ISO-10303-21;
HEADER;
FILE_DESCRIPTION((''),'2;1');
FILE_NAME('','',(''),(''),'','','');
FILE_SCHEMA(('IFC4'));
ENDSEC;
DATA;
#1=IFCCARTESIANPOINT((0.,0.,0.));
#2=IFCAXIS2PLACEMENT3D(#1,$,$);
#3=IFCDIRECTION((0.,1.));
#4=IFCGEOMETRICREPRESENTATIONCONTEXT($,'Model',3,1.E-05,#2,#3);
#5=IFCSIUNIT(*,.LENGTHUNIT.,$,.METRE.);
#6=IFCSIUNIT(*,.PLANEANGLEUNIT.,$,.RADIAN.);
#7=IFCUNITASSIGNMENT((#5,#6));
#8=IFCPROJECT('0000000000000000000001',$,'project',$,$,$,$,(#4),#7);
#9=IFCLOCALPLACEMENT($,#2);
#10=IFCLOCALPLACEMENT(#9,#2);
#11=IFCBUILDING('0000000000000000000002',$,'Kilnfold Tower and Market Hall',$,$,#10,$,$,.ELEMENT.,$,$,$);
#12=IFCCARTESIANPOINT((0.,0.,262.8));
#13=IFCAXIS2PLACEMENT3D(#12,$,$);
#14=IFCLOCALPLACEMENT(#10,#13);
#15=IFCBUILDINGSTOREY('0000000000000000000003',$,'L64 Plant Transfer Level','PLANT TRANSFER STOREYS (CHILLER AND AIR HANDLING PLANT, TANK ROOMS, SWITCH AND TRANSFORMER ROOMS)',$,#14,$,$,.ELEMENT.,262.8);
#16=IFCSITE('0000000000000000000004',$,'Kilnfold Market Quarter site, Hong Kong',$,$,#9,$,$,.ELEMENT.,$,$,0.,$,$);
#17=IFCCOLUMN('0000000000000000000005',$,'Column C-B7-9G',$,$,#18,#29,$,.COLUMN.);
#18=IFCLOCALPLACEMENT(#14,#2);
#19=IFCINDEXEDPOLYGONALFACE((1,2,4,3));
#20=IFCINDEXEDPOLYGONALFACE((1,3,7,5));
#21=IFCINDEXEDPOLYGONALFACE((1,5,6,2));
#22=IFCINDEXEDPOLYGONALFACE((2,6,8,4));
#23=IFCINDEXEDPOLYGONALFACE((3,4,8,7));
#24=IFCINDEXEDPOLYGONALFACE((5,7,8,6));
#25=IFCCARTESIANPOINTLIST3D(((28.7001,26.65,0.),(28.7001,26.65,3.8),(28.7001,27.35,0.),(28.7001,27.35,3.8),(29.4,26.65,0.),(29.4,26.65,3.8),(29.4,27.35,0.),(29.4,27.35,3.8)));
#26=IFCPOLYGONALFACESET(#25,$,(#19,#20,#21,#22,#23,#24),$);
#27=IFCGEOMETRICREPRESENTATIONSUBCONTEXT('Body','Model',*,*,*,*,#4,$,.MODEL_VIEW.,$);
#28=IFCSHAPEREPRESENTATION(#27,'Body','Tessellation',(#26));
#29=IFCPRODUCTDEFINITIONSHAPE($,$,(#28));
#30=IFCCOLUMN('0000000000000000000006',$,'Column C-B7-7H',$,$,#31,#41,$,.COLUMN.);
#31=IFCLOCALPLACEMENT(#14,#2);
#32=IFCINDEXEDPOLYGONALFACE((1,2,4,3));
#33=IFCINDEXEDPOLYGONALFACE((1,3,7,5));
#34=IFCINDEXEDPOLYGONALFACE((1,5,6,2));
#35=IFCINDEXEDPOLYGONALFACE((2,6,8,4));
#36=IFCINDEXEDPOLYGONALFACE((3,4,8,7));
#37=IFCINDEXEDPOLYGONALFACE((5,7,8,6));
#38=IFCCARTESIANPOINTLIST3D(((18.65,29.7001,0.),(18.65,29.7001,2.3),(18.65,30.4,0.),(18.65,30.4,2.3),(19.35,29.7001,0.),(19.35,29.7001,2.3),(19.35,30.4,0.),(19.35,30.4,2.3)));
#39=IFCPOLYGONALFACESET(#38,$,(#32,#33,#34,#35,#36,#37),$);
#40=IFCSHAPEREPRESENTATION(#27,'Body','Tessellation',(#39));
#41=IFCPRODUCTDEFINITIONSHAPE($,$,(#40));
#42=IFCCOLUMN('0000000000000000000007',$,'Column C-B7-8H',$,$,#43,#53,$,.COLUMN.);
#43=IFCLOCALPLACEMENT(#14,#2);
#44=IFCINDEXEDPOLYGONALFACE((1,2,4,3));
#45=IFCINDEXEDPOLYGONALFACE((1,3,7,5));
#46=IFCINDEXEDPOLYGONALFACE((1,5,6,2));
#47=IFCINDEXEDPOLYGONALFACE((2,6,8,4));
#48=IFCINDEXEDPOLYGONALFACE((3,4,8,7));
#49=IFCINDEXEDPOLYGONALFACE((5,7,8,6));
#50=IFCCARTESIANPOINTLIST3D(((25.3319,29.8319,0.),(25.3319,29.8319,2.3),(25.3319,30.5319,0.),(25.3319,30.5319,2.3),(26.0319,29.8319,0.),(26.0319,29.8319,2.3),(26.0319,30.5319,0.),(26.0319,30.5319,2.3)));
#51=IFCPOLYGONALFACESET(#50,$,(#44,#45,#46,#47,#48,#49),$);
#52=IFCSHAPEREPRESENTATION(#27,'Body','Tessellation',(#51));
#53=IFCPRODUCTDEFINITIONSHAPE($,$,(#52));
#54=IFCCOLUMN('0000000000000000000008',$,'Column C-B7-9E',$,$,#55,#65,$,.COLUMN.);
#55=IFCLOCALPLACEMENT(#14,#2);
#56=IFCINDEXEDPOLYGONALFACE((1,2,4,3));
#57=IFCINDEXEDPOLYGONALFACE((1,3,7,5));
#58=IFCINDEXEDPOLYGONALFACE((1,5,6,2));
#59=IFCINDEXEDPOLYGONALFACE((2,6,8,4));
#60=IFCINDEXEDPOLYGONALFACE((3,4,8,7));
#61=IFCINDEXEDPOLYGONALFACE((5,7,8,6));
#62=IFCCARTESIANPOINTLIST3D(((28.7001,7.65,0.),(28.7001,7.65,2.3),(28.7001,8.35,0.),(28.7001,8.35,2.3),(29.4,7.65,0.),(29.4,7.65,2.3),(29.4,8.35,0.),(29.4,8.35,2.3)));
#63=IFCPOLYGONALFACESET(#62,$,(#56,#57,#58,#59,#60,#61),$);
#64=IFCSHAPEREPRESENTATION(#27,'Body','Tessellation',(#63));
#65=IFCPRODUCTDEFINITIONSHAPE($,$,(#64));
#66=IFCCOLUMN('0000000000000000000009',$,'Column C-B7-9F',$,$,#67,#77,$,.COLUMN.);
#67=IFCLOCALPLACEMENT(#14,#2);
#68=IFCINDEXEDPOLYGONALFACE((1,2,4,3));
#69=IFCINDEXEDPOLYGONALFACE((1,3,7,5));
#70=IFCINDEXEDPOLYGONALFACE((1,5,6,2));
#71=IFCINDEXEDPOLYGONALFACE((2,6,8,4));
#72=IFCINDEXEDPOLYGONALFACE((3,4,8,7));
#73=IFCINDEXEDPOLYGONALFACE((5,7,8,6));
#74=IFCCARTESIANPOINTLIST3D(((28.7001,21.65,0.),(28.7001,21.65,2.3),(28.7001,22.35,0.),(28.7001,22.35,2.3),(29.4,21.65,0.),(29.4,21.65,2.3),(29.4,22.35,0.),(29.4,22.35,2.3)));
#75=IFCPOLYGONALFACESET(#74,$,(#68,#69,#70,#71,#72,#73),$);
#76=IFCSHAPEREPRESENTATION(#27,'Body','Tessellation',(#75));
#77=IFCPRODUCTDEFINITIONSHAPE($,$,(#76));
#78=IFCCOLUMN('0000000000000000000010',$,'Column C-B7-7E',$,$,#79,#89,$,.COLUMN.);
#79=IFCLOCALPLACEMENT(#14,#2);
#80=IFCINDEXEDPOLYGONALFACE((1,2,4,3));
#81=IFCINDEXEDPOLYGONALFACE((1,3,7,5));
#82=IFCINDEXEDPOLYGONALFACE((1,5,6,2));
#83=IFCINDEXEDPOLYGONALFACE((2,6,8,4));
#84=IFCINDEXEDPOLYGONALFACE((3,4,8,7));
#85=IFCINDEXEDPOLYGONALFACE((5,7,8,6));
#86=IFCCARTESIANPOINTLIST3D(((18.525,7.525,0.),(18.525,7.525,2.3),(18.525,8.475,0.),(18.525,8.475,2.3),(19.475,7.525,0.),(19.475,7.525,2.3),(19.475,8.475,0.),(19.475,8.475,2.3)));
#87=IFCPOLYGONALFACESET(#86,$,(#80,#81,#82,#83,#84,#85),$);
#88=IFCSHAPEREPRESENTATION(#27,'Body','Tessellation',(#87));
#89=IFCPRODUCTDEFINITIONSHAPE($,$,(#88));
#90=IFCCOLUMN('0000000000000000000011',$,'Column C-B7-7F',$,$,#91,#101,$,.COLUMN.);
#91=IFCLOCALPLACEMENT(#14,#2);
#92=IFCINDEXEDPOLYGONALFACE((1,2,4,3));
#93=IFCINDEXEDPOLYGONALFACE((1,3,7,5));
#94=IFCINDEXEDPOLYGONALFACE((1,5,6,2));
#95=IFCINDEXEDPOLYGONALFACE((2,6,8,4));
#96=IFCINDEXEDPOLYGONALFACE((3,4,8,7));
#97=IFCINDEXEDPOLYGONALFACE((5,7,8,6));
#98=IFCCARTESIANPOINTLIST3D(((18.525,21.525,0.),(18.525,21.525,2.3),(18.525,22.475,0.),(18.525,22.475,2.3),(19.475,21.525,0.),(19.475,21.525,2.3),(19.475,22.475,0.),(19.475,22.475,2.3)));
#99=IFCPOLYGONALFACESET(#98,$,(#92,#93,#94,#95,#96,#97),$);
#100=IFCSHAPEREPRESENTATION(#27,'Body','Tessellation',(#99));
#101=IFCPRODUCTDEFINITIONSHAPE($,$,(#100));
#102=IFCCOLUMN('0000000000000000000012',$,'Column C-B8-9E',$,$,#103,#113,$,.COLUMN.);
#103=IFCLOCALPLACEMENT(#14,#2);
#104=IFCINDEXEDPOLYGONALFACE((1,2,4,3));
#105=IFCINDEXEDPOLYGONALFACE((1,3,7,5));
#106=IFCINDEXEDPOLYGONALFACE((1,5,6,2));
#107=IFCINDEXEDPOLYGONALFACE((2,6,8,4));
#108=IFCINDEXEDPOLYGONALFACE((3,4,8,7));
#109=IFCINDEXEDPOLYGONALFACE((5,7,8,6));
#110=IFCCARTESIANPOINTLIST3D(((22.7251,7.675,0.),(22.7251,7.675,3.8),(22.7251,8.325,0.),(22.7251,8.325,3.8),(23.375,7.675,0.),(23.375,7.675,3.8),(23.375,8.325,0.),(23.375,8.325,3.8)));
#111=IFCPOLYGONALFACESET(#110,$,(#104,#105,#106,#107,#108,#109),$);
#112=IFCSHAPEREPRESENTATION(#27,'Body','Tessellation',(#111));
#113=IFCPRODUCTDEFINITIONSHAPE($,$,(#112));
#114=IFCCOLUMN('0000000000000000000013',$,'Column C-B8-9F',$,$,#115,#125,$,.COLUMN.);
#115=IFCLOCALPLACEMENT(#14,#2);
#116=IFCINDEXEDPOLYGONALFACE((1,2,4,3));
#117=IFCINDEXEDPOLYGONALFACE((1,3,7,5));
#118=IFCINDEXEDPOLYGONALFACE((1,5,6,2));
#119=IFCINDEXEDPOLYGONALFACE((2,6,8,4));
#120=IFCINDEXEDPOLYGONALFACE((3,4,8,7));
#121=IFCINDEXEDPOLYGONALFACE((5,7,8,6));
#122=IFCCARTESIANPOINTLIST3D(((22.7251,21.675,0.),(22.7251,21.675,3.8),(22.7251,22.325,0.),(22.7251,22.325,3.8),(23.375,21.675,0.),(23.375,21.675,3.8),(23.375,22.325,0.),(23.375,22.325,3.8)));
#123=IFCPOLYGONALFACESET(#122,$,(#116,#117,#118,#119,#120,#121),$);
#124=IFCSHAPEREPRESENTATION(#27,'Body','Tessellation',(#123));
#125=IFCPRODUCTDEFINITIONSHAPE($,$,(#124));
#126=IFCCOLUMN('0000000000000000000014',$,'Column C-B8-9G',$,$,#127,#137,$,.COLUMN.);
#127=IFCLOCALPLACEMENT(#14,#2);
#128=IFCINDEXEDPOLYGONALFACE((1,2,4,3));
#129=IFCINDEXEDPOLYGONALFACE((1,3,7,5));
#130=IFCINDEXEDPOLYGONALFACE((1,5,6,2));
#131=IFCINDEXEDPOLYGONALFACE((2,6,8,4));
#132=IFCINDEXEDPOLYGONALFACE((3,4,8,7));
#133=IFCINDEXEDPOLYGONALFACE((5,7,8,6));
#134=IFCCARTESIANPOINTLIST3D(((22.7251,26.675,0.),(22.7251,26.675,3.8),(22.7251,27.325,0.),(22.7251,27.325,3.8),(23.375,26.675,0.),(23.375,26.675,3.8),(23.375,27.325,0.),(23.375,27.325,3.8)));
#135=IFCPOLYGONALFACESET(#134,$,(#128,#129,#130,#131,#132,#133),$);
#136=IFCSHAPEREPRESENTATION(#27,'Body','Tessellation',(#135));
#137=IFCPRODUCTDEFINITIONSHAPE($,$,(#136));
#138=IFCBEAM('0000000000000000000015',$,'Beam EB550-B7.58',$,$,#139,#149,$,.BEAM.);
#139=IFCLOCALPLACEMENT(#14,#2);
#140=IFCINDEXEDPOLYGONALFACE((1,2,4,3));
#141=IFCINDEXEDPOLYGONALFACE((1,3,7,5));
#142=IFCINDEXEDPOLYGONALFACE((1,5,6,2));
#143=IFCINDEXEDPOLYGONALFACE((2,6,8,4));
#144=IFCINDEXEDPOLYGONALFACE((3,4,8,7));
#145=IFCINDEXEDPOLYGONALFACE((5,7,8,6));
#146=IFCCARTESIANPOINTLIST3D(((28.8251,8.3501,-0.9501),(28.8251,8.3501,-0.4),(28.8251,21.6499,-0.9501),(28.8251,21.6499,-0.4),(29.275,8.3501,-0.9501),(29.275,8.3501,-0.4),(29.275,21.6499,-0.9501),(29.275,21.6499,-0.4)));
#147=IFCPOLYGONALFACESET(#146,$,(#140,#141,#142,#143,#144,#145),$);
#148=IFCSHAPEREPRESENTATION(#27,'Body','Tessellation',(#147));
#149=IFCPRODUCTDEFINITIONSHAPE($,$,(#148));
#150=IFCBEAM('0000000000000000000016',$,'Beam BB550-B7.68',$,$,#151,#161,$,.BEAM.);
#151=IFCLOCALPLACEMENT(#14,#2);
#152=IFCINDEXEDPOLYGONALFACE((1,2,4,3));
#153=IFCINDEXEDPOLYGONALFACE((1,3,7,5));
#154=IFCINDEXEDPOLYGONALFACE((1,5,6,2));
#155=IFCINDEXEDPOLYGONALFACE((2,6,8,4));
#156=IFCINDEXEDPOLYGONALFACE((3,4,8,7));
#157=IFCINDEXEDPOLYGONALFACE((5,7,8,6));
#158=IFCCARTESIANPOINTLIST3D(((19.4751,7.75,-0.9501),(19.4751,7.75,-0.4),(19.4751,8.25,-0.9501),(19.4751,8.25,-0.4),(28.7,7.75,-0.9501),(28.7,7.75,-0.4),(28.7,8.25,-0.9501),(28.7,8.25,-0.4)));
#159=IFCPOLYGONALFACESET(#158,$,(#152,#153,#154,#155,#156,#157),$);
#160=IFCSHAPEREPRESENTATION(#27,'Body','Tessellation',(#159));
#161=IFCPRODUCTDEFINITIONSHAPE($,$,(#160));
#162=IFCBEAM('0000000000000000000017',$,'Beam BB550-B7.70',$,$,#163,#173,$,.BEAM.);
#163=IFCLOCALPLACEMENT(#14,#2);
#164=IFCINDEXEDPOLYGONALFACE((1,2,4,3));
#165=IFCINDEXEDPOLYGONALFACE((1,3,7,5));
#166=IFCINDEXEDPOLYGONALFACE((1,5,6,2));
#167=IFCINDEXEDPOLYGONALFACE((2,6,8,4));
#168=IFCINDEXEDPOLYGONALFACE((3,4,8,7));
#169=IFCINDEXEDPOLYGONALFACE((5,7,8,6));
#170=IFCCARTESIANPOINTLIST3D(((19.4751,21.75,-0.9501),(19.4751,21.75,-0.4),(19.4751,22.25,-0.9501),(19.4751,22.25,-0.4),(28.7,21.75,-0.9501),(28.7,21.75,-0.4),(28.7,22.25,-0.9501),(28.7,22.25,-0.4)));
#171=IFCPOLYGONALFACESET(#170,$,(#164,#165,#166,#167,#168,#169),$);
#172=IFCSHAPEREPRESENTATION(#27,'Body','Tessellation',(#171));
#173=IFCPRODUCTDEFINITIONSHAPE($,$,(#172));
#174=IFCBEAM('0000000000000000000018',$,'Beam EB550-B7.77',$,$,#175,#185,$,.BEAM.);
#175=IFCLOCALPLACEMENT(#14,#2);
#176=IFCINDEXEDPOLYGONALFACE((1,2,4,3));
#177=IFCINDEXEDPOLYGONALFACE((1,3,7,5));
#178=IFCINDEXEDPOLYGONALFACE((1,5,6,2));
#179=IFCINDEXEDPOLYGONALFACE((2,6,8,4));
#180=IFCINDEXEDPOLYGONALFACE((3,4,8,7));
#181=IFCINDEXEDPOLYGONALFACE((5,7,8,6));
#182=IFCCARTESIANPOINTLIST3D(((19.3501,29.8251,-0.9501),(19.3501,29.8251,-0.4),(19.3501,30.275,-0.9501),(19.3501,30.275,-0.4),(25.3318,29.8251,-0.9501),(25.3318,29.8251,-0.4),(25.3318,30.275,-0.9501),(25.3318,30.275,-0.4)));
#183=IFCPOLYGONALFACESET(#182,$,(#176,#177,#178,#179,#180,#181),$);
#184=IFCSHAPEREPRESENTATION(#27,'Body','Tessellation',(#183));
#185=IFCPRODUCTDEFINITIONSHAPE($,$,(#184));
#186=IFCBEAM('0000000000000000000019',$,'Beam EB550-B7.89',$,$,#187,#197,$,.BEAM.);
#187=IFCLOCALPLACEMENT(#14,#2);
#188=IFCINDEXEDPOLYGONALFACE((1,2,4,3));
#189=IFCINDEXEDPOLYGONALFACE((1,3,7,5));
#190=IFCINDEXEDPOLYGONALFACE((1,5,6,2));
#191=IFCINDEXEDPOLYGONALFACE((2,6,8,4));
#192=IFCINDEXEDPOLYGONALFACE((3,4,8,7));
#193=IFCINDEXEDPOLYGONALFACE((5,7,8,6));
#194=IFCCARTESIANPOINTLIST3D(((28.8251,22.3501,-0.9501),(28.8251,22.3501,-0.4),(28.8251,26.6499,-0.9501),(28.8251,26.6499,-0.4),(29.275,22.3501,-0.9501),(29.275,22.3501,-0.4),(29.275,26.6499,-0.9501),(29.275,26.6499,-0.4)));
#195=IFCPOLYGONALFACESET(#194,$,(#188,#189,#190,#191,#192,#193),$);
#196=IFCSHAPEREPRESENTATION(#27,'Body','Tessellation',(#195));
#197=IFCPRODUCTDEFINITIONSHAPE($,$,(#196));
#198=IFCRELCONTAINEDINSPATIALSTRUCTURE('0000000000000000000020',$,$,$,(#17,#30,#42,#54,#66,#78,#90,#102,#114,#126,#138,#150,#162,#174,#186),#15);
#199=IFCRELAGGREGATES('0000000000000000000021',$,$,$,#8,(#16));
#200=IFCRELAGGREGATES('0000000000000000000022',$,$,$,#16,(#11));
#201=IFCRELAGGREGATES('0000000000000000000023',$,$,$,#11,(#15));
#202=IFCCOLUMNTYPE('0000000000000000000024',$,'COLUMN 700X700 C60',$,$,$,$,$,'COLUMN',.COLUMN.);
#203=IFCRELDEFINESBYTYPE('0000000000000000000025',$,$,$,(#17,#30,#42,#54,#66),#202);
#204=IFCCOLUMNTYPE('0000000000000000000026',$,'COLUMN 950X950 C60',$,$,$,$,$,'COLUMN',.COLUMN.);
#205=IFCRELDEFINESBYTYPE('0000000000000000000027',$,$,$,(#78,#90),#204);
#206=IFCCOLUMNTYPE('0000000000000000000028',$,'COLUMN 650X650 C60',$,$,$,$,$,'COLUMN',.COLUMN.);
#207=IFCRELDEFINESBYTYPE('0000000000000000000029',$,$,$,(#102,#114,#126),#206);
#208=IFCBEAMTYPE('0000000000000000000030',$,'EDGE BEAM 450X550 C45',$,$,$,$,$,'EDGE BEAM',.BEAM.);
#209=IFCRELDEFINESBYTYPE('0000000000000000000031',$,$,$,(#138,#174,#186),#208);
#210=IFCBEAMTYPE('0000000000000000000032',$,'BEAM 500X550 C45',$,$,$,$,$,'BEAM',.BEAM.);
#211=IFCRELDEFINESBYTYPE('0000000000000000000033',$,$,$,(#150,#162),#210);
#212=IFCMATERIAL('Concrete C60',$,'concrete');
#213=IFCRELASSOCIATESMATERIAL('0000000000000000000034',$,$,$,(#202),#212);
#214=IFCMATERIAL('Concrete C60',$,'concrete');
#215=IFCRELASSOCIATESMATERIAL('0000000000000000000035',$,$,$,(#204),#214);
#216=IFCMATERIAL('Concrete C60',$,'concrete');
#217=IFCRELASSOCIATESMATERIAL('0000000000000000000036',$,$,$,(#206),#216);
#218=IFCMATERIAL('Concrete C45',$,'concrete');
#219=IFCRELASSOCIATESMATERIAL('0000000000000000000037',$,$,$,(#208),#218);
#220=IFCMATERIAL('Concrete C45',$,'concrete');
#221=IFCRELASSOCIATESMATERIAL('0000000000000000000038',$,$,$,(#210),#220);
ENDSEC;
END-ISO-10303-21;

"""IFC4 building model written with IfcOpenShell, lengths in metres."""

from ifc_helpers import new_model, si_unit, direction, frame, origin, origin_2d, place, context, subcontext, project, spatial, rectangle, extrude, source, transform, mapped, material, material_profile, profile_set, type_object, element, save


model = new_model("IFC4")

# Units and contexts
model_context = context("Model", 3, precision=1e-05, world=origin(), true_north=direction((0.0, 1.0)))
body_context = subcontext(model_context, "Body", "Model", "MODEL_VIEW")
ifc_project = project(units=[si_unit("LENGTHUNIT", "METRE"), si_unit("PLANEANGLEUNIT", "RADIAN")], contexts=[model_context])

# Site, building, storey
site_placement = place(None, origin())
site = spatial("IfcSite", under=ifc_project, at=site_placement, Name="Kilnfold Market Quarter site, Hong Kong", CompositionType="ELEMENT", RefElevation=0.0)
building_placement = place(site_placement, origin())
building = spatial("IfcBuilding", under=site, at=building_placement, Name="Kilnfold Tower and Market Hall", CompositionType="ELEMENT")
storey_placement = place(building_placement, frame((0.0, 0.0, 262.8)))
storey = spatial("IfcBuildingStorey", under=building, at=storey_placement, Name="L64 Plant Transfer Level", Description="PLANT TRANSFER STOREYS (CHILLER AND AIR HANDLING PLANT, TANK ROOMS, SWITCH AND TRANSFORMER ROOMS)", CompositionType="ELEMENT", Elevation=262.8)

# Columns
ifc_material_1 = material(Name="Concrete C60", Category="concrete")
ifc_material_profile_1 = material_profile(ifc_material_1, rectangle(XDim=0.7, YDim=0.7, at=origin_2d()), Name="RC 700x700")
ifc_profile_set_1 = profile_set([ifc_material_profile_1], Name="Concrete C60")
column_type_1 = type_object("IfcColumnType", Name="COLUMN 700X700 C60", ElementType="COLUMN", PredefinedType="COLUMN", material=ifc_profile_set_1)
shared_shape_1 = source(origin(), body_context, "Body", "SweptSolid", [
    extrude(rectangle(XDim=0.7, YDim=0.7, at=origin_2d()), origin(), (0.0, 0.0, 1.0), 3.8),
])
column_placement = place(storey_placement, frame((29.05, 27.0, 0.0), z_axis=(0.0, 0.0, 1.0), x_axis=(1.0, 0.0, 0.0)))
element("IfcColumn", 1, at=column_placement, inside=storey, type_object=column_type_1, Name="Column C-B7-9G", PredefinedType="COLUMN", context=body_context, shape_type="MappedRepresentation", body=[
    mapped(shared_shape_1, transform((0.0, 0.0, 0.0))),
])
shared_shape_2 = source(origin(), body_context, "Body", "SweptSolid", [
    extrude(rectangle(XDim=0.7, YDim=0.7, at=origin_2d()), origin(), (0.0, 0.0, 1.0), 2.3),
])
for number, where, z_axis, x_axis, name in (
    (2, (19.0, 30.05, 0.0), (0.0, 0.0, 1.0), (1.0, 0.0, 0.0), "Column C-B7-7H"),
    (3, (25.6819, 30.1819, 0.0), (0.0, 0.0, 1.0), (1.0, 0.0, 0.0), "Column C-B7-8H"),
    (4, (29.05, 8.0, 0.0), (0.0, 0.0, 1.0), (1.0, 0.0, 0.0), "Column C-B7-9E"),
    (5, (29.05, 22.0, 0.0), (0.0, 0.0, 1.0), (1.0, 0.0, 0.0), "Column C-B7-9F"),
):
    element("IfcColumn", number, at=place(storey_placement, frame(where, z_axis=z_axis, x_axis=x_axis)), inside=storey, type_object=column_type_1, Name=name, PredefinedType="COLUMN", context=body_context, shape_type="MappedRepresentation", body=[
        mapped(shared_shape_2, transform((0.0, 0.0, 0.0))),
    ])
ifc_material_2 = material(Name="Concrete C60", Category="concrete")
ifc_material_profile_2 = material_profile(ifc_material_2, rectangle(XDim=0.95, YDim=0.95, at=origin_2d()), Name="RC 950x950")
ifc_profile_set_2 = profile_set([ifc_material_profile_2], Name="Concrete C60")
column_type_2 = type_object("IfcColumnType", Name="COLUMN 950X950 C60", ElementType="COLUMN", PredefinedType="COLUMN", material=ifc_profile_set_2)
shared_shape_3 = source(origin(), body_context, "Body", "SweptSolid", [
    extrude(rectangle(XDim=0.95, YDim=0.95, at=origin_2d()), origin(), (0.0, 0.0, 1.0), 2.3),
])
for number, where, z_axis, x_axis, name in (
    (6, (19.0, 8.0, 0.0), (0.0, 0.0, 1.0), (1.0, 0.0, 0.0), "Column C-B7-7E"),
    (7, (19.0, 22.0, 0.0), (0.0, 0.0, 1.0), (1.0, 0.0, 0.0), "Column C-B7-7F"),
):
    element("IfcColumn", number, at=place(storey_placement, frame(where, z_axis=z_axis, x_axis=x_axis)), inside=storey, type_object=column_type_2, Name=name, PredefinedType="COLUMN", context=body_context, shape_type="MappedRepresentation", body=[
        mapped(shared_shape_3, transform((0.0, 0.0, 0.0))),
    ])
ifc_material_3 = material(Name="Concrete C60", Category="concrete")
ifc_material_profile_3 = material_profile(ifc_material_3, rectangle(XDim=0.6499, YDim=0.6499, at=origin_2d()), Name="RC 650x650")
ifc_profile_set_3 = profile_set([ifc_material_profile_3], Name="Concrete C60")
column_type_3 = type_object("IfcColumnType", Name="COLUMN 650X650 C60", ElementType="COLUMN", PredefinedType="COLUMN", material=ifc_profile_set_3)
shared_shape_4 = source(origin(), body_context, "Body", "SweptSolid", [
    extrude(rectangle(XDim=0.6499, YDim=0.6499, at=origin_2d()), origin(), (0.0, 0.0, 1.0), 3.8),
])
for number, where, z_axis, x_axis, name in (
    (8, (23.05, 8.0, 0.0), (0.0, 0.0, 1.0), (1.0, 0.0, 0.0), "Column C-B8-9E"),
    (9, (23.05, 22.0, 0.0), (0.0, 0.0, 1.0), (1.0, 0.0, 0.0), "Column C-B8-9F"),
    (10, (23.05, 27.0, 0.0), (0.0, 0.0, 1.0), (1.0, 0.0, 0.0), "Column C-B8-9G"),
):
    element("IfcColumn", number, at=place(storey_placement, frame(where, z_axis=z_axis, x_axis=x_axis)), inside=storey, type_object=column_type_3, Name=name, PredefinedType="COLUMN", context=body_context, shape_type="MappedRepresentation", body=[
        mapped(shared_shape_4, transform((0.0, 0.0, 0.0))),
    ])

# Beams
ifc_material_4 = material(Name="Concrete C45", Category="concrete")
ifc_material_profile_4 = material_profile(ifc_material_4, rectangle(XDim=0.45, YDim=0.55, at=origin_2d()), Name="RC 450x550")
ifc_profile_set_4 = profile_set([ifc_material_profile_4], Name="Concrete C45")
beam_type_1 = type_object("IfcBeamType", Name="EDGE BEAM 450X550 C45", ElementType="EDGE BEAM", PredefinedType="BEAM", material=ifc_profile_set_4)
shared_shape_5 = source(origin(), body_context, "Body", "SweptSolid", [
    extrude(rectangle(XDim=0.45, YDim=0.55, at=origin_2d()), origin(), (0.0, 0.0, 1.0), 13.2998),
])
beam_1_placement = place(storey_placement, frame((29.05, 8.3501, -0.675), z_axis=(0.0, 1.0, 0.0), x_axis=(-1.0, 0.0, 0.0)))
element("IfcBeam", 11, at=beam_1_placement, inside=storey, type_object=beam_type_1, Name="Beam EB550-B7.58", PredefinedType="BEAM", context=body_context, shape_type="MappedRepresentation", body=[
    mapped(shared_shape_5, transform((0.0, 0.0, 0.0))),
])
ifc_material_5 = material(Name="Concrete C45", Category="concrete")
ifc_material_profile_5 = material_profile(ifc_material_5, rectangle(XDim=0.5, YDim=0.55, at=origin_2d()), Name="RC 500x550")
ifc_profile_set_5 = profile_set([ifc_material_profile_5], Name="Concrete C45")
beam_type_2 = type_object("IfcBeamType", Name="BEAM 500X550 C45", ElementType="BEAM", PredefinedType="BEAM", material=ifc_profile_set_5)
shared_shape_6 = source(origin(), body_context, "Body", "SweptSolid", [
    extrude(rectangle(XDim=0.5, YDim=0.55, at=origin_2d()), origin(), (0.0, 0.0, 1.0), 9.2249),
])
for number, where, z_axis, x_axis, name in (
    (12, (19.4751, 8.0, -0.675), (1.0, 0.0, 0.0), (0.0, 1.0, 0.0), "Beam BB550-B7.68"),
    (13, (19.4751, 22.0, -0.675), (1.0, 0.0, 0.0), (0.0, 1.0, 0.0), "Beam BB550-B7.70"),
):
    element("IfcBeam", number, at=place(storey_placement, frame(where, z_axis=z_axis, x_axis=x_axis)), inside=storey, type_object=beam_type_2, Name=name, PredefinedType="BEAM", context=body_context, shape_type="MappedRepresentation", body=[
        mapped(shared_shape_6, transform((0.0, 0.0, 0.0))),
    ])
shared_shape_7 = source(origin(), body_context, "Body", "SweptSolid", [
    extrude(rectangle(XDim=0.45, YDim=0.55, at=origin_2d()), origin(), (0.0, 0.0, 1.0), 5.9817),
])
beam_2_placement = place(storey_placement, frame((19.3501, 30.05, -0.675), z_axis=(1.0, 0.0, 0.0), x_axis=(0.0, 1.0, 0.0)))
element("IfcBeam", 14, at=beam_2_placement, inside=storey, type_object=beam_type_1, Name="Beam EB550-B7.77", PredefinedType="BEAM", context=body_context, shape_type="MappedRepresentation", body=[
    mapped(shared_shape_7, transform((0.0, 0.0, 0.0))),
])
shared_shape_8 = source(origin(), body_context, "Body", "SweptSolid", [
    extrude(rectangle(XDim=0.45, YDim=0.55, at=origin_2d()), origin(), (0.0, 0.0, 1.0), 4.2998),
])
beam_3_placement = place(storey_placement, frame((29.05, 22.3501, -0.675), z_axis=(0.0, 1.0, 0.0), x_axis=(-1.0, 0.0, 0.0)))
element("IfcBeam", 15, at=beam_3_placement, inside=storey, type_object=beam_type_1, Name="Beam EB550-B7.89", PredefinedType="BEAM", context=body_context, shape_type="MappedRepresentation", body=[
    mapped(shared_shape_8, transform((0.0, 0.0, 0.0))),
])

save(model, "model.ifc")
